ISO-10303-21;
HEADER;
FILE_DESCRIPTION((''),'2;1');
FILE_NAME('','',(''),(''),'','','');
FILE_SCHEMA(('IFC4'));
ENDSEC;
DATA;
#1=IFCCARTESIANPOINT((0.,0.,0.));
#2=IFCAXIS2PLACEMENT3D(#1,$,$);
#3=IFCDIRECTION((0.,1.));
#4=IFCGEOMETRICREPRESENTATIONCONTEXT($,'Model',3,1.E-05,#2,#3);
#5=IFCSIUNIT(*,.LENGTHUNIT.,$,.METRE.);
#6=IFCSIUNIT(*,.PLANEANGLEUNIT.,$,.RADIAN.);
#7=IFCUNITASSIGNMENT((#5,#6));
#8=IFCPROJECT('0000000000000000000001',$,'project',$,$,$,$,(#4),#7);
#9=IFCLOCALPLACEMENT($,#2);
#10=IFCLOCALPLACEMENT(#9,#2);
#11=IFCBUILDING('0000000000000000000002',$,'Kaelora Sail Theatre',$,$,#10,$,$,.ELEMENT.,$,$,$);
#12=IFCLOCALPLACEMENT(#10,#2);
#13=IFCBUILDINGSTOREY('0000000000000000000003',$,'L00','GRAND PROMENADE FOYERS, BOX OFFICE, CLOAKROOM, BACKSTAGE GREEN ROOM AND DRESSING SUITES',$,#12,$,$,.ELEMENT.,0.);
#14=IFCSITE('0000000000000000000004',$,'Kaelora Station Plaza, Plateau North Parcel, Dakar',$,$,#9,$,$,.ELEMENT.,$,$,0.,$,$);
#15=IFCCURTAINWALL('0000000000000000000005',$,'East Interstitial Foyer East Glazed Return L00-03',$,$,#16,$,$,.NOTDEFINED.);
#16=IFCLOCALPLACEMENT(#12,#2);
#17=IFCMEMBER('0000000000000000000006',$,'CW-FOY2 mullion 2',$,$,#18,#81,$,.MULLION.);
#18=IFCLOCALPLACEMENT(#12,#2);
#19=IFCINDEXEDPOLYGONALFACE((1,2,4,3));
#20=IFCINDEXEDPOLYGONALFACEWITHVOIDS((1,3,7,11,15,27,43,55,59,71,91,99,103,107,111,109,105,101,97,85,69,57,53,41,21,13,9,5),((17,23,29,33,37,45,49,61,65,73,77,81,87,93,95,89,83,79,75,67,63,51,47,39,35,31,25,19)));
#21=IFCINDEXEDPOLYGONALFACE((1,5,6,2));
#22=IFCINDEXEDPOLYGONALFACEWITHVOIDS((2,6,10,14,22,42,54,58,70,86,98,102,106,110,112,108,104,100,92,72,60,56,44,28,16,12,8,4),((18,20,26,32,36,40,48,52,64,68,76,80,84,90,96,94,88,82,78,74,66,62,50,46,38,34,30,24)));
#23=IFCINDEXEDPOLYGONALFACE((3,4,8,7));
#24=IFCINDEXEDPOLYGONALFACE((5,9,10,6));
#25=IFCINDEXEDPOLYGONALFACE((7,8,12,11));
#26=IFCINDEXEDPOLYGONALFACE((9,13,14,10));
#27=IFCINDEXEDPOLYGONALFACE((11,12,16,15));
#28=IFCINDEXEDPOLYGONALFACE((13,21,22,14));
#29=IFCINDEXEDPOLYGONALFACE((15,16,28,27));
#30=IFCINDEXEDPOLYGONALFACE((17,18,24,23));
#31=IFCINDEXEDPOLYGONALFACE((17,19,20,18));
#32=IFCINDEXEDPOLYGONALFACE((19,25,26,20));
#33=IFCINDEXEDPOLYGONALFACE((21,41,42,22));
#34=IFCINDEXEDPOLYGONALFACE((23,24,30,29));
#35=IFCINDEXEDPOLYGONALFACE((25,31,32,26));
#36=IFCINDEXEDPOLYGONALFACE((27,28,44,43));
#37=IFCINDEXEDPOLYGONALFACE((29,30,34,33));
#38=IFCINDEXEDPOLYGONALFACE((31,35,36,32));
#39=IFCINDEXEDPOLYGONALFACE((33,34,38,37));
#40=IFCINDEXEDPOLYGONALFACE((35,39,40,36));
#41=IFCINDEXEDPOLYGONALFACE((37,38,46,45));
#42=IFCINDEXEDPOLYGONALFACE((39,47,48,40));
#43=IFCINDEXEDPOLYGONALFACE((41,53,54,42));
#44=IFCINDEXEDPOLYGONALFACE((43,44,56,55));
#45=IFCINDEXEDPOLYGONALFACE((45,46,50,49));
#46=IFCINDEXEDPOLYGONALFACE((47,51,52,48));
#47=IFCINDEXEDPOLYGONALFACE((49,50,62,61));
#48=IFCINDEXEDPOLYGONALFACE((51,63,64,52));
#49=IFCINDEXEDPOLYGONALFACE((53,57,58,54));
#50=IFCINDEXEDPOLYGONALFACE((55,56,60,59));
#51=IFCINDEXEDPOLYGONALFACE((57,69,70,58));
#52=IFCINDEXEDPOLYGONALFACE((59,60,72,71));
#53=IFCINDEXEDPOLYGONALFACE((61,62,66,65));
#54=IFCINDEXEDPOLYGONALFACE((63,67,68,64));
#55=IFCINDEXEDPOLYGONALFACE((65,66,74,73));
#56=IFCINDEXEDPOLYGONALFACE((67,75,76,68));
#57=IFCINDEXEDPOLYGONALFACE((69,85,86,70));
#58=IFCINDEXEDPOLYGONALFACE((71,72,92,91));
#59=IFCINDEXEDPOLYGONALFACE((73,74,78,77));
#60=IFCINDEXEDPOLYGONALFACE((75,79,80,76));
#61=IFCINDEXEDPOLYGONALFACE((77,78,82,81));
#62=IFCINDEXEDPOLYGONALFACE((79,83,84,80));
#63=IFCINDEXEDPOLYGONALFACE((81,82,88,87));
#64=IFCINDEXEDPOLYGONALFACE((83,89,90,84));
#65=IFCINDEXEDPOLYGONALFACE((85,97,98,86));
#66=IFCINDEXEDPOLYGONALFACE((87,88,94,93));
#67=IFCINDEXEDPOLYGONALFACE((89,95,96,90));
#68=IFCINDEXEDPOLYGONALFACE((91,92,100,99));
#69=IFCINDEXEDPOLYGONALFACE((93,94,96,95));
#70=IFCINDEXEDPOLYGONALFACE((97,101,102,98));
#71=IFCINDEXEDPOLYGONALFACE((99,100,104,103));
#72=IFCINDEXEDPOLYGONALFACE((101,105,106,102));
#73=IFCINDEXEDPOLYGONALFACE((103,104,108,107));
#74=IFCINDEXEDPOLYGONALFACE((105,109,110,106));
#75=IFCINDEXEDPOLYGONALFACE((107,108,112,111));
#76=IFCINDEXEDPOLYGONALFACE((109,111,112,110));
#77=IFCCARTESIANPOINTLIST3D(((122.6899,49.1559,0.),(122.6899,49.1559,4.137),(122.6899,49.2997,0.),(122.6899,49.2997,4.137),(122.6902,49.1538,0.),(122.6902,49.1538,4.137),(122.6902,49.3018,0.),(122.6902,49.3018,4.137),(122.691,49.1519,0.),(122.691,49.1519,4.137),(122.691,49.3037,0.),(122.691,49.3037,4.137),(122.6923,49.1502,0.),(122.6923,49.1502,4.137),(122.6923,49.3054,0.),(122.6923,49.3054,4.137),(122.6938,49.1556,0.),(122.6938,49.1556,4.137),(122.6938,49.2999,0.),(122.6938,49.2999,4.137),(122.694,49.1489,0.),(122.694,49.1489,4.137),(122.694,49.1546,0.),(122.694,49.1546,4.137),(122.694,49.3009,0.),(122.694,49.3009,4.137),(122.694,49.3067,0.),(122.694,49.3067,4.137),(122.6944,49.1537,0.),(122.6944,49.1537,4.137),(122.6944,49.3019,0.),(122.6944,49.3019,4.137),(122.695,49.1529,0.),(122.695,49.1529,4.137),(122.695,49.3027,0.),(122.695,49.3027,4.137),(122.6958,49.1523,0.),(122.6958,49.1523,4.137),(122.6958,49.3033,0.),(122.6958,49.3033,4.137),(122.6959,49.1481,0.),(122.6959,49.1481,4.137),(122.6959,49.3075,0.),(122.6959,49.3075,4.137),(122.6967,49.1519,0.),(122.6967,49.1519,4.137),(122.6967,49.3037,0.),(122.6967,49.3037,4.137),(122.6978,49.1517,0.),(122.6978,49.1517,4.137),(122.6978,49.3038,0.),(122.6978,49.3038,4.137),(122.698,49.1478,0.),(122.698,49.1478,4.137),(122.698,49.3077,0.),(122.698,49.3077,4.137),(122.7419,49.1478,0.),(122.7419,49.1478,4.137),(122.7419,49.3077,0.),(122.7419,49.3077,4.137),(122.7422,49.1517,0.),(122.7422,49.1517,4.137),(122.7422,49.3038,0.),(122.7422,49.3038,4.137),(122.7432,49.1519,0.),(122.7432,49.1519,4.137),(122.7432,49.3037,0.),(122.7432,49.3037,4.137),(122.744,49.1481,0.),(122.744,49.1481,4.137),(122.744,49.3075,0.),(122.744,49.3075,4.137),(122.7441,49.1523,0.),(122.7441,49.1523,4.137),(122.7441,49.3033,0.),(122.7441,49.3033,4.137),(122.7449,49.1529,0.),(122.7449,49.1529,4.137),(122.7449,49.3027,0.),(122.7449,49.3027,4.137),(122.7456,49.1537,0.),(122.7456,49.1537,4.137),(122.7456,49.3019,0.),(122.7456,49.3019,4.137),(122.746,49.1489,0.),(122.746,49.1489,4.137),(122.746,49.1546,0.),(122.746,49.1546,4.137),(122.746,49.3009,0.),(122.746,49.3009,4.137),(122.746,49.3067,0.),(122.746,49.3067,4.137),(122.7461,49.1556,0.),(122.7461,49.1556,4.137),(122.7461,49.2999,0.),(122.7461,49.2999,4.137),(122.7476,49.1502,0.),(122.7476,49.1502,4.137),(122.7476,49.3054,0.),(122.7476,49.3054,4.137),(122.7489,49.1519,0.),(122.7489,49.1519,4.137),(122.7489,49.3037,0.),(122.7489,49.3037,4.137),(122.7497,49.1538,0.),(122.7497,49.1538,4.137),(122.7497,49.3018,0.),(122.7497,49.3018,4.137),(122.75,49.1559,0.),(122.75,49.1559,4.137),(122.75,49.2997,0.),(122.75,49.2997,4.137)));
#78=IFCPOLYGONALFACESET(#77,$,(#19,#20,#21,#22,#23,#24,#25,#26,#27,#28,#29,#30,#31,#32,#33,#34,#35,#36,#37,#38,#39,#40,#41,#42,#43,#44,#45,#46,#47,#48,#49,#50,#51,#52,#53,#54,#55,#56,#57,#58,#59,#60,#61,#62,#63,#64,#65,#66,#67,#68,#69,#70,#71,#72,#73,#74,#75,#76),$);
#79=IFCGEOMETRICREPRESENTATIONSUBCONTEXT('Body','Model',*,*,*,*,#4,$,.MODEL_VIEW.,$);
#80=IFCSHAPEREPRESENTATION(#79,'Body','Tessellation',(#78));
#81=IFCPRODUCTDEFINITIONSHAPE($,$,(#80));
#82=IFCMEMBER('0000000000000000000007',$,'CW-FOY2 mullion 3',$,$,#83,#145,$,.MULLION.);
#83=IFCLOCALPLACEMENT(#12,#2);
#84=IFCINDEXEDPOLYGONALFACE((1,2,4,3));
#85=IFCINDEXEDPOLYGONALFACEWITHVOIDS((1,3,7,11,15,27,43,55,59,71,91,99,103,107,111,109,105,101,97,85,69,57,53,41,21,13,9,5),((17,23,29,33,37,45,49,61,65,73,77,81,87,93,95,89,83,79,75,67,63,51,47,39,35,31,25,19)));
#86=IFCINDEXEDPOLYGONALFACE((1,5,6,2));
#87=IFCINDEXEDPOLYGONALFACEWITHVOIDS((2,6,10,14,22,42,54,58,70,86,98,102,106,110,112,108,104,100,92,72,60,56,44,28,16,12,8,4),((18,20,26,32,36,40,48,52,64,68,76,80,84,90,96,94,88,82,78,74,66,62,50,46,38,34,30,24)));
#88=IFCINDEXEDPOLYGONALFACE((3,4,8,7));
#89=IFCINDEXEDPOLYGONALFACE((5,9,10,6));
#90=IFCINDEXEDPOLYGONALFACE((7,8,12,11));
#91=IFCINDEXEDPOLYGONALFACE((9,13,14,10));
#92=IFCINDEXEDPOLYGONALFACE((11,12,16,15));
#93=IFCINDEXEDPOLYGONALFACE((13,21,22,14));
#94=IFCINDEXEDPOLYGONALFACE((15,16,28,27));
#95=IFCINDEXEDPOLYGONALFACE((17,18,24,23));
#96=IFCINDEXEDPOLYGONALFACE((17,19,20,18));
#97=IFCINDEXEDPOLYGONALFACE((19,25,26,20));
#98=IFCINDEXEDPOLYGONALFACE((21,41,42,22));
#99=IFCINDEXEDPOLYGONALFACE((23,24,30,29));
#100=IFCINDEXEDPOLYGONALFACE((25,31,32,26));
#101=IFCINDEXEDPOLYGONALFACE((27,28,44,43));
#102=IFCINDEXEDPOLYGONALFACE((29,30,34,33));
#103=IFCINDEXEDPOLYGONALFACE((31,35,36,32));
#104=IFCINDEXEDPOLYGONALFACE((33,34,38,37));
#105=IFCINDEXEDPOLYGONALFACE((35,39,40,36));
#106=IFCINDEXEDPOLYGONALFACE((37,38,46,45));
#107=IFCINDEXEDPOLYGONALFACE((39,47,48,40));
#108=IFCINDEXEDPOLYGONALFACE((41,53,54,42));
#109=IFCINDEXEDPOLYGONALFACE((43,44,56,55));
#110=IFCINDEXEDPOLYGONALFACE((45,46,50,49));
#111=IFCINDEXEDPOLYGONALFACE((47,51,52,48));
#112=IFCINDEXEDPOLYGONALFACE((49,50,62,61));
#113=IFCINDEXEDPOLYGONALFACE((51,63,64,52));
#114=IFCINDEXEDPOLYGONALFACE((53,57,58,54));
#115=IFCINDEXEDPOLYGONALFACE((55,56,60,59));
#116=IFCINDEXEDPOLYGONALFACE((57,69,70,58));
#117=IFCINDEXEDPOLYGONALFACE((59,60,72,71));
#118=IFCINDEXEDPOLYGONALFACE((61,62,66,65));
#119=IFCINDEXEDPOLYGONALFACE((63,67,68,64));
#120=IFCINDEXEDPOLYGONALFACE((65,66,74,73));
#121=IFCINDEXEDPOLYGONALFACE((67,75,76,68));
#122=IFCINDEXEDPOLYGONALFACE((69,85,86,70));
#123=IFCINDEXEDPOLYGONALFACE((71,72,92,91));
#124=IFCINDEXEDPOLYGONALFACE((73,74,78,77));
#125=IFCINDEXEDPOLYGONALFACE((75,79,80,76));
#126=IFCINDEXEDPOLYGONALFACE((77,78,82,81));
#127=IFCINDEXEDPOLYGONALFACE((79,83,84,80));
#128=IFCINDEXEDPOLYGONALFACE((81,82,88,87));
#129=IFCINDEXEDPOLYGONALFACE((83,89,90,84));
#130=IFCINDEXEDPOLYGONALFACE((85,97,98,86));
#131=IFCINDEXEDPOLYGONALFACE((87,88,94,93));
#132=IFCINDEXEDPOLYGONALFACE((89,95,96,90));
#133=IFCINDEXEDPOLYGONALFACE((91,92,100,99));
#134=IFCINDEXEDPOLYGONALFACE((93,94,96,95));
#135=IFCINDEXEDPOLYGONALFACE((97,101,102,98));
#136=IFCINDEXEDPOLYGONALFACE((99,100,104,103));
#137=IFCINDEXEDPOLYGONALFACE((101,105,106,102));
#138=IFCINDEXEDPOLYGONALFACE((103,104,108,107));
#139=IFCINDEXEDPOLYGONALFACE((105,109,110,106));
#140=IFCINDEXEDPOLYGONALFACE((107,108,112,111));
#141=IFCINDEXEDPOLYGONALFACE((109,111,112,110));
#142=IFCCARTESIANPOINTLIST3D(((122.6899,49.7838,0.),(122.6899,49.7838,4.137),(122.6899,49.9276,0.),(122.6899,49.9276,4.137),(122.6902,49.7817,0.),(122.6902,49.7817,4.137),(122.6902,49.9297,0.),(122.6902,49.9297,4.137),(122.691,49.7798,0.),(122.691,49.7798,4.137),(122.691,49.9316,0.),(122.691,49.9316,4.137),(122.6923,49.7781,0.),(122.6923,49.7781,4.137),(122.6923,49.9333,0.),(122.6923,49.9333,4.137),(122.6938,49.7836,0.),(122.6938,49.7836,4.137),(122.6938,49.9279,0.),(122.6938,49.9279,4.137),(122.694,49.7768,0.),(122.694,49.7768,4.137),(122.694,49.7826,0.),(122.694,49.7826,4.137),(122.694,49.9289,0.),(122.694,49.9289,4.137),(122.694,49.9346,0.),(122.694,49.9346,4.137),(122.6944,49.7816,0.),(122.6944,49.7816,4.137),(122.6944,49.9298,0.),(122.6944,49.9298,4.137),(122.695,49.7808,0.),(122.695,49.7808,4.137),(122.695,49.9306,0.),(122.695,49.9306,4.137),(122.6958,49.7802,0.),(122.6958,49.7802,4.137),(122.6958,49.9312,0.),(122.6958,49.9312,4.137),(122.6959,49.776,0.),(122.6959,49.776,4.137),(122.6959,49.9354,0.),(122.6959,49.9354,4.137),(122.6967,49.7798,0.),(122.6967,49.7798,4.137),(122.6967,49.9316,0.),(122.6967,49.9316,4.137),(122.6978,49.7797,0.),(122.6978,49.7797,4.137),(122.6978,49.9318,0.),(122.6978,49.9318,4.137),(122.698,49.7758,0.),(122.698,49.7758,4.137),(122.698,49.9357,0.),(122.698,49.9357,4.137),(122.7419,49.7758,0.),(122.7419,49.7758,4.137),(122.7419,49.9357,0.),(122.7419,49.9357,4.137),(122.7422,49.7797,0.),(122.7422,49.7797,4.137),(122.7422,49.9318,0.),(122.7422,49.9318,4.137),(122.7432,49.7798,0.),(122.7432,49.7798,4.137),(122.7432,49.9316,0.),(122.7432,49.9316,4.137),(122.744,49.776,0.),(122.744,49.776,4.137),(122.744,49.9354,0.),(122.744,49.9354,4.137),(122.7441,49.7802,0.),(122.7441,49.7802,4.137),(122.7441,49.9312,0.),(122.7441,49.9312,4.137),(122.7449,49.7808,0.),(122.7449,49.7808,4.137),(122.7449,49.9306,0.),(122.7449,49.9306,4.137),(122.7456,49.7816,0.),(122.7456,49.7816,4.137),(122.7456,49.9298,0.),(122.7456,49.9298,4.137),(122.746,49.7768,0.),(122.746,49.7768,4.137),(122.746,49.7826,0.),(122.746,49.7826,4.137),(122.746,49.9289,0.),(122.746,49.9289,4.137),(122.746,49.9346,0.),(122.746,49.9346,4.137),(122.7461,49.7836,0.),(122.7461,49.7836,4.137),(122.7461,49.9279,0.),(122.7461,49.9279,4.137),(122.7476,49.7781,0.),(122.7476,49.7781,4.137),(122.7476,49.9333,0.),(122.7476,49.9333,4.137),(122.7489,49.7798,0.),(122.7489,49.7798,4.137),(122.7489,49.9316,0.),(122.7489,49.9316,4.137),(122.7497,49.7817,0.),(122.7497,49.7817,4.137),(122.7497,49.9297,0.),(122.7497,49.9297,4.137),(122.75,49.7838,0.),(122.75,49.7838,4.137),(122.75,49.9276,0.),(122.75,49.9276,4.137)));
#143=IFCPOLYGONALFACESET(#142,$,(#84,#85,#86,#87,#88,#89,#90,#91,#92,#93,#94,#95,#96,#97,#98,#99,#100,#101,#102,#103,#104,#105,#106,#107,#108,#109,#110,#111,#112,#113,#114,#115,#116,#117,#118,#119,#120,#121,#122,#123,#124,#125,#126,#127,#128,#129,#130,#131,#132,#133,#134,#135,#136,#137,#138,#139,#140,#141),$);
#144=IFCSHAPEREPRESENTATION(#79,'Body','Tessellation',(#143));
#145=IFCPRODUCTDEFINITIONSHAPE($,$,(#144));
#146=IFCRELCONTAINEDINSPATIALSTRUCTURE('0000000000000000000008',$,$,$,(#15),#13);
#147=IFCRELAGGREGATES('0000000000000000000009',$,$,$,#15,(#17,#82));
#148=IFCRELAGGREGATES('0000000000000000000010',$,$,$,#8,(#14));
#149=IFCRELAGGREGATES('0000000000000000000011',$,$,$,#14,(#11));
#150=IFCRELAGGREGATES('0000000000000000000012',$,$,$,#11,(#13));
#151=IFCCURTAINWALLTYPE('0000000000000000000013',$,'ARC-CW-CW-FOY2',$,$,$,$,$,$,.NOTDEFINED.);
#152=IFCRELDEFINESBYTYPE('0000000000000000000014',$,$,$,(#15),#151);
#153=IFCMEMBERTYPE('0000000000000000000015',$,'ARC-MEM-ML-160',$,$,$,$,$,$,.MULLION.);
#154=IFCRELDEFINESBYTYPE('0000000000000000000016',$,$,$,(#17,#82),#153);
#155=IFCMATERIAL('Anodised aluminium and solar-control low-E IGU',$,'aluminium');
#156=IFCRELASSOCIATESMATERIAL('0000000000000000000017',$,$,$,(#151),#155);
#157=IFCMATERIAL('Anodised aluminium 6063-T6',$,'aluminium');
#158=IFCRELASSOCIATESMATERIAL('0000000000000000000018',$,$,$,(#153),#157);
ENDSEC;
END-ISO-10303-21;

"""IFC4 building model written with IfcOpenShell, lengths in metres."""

from ifc_helpers import new_model, si_unit, direction, frame, origin, origin_2d, place, context, subcontext, project, spatial, hollow_rectangle, extrude, material, material_profile, profile_set, type_object, element, aggregate, save


model = new_model("IFC4")

# Units and contexts
model_context = context("Model", 3, precision=1e-05, world=origin(), true_north=direction((0.0, 1.0)))
body_context = subcontext(model_context, "Body", "Model", "MODEL_VIEW")
ifc_project = project(units=[si_unit("LENGTHUNIT", "METRE"), si_unit("PLANEANGLEUNIT", "RADIAN")], contexts=[model_context])

# Site, building, storey
site_placement = place(None, origin())
site = spatial("IfcSite", under=ifc_project, at=site_placement, Name="Kaelora Station Plaza, Plateau North Parcel, Dakar", CompositionType="ELEMENT", RefElevation=0.0)
building_placement = place(site_placement, origin())
building = spatial("IfcBuilding", under=site, at=building_placement, Name="Kaelora Sail Theatre", CompositionType="ELEMENT")
storey_placement = place(building_placement, origin())
storey = spatial("IfcBuildingStorey", under=building, at=storey_placement, Name="L00", Description="GRAND PROMENADE FOYERS, BOX OFFICE, CLOAKROOM, BACKSTAGE GREEN ROOM AND DRESSING SUITES", CompositionType="ELEMENT", Elevation=0.0)

# Curtain wall, members
ifc_material_1 = material(Name="Anodised aluminium and solar-control low-E IGU", Category="aluminium")
curtain_wall_type = type_object("IfcCurtainWallType", Name="ARC-CW-CW-FOY2", PredefinedType="NOTDEFINED", material=ifc_material_1)
curtain_wall_placement = place(storey_placement, origin())
curtain_wall = element("IfcCurtainWall", 1, at=curtain_wall_placement, inside=storey, type_object=curtain_wall_type, Name="East Interstitial Foyer East Glazed Return L00-03", PredefinedType="NOTDEFINED")
ifc_material_2 = material(Name="Anodised aluminium 6063-T6", Category="aluminium")
ifc_material_profile_1 = material_profile(ifc_material_2, hollow_rectangle(XDim=0.0601, YDim=0.1599, WallThickness=0.0039, InnerFilletRadius=0.0039, OuterFilletRadius=0.0081, at=origin_2d()), Name="ALU-MULL 60x160x4")
ifc_profile_set_1 = profile_set([ifc_material_profile_1], Name="Anodised aluminium 6063-T6")
member_type_1 = type_object("IfcMemberType", Name="ARC-MEM-ML-160", PredefinedType="MULLION", material=ifc_profile_set_1)
member_1_placement = place(storey_placement, frame((122.72, 49.2278, 0.0), z_axis=(0.0, 0.0, 1.0), x_axis=(-1.0, 0.0, 0.0)))
member_1 = element("IfcMember", 2, at=member_1_placement, type_object=member_type_1, Name="CW-FOY2 mullion 2", PredefinedType="MULLION", context=body_context, shape_type="SweptSolid", body=[
    extrude(hollow_rectangle(XDim=0.0601, YDim=0.1599, WallThickness=0.0039, InnerFilletRadius=0.0039, OuterFilletRadius=0.0081, at=origin_2d()), origin(), (0.0, 0.0, 1.0), 4.137),
])
member_2_placement = place(storey_placement, frame((122.72, 49.8557, 0.0), z_axis=(0.0, 0.0, 1.0), x_axis=(-1.0, 0.0, 0.0)))
member_2 = element("IfcMember", 3, at=member_2_placement, type_object=member_type_1, Name="CW-FOY2 mullion 3", PredefinedType="MULLION", context=body_context, shape_type="SweptSolid", body=[
    extrude(hollow_rectangle(XDim=0.0601, YDim=0.1599, WallThickness=0.0039, InnerFilletRadius=0.0039, OuterFilletRadius=0.0081, at=origin_2d()), origin(), (0.0, 0.0, 1.0), 4.137),
])
aggregate(curtain_wall, [member_1, member_2])

save(model, "model.ifc")
